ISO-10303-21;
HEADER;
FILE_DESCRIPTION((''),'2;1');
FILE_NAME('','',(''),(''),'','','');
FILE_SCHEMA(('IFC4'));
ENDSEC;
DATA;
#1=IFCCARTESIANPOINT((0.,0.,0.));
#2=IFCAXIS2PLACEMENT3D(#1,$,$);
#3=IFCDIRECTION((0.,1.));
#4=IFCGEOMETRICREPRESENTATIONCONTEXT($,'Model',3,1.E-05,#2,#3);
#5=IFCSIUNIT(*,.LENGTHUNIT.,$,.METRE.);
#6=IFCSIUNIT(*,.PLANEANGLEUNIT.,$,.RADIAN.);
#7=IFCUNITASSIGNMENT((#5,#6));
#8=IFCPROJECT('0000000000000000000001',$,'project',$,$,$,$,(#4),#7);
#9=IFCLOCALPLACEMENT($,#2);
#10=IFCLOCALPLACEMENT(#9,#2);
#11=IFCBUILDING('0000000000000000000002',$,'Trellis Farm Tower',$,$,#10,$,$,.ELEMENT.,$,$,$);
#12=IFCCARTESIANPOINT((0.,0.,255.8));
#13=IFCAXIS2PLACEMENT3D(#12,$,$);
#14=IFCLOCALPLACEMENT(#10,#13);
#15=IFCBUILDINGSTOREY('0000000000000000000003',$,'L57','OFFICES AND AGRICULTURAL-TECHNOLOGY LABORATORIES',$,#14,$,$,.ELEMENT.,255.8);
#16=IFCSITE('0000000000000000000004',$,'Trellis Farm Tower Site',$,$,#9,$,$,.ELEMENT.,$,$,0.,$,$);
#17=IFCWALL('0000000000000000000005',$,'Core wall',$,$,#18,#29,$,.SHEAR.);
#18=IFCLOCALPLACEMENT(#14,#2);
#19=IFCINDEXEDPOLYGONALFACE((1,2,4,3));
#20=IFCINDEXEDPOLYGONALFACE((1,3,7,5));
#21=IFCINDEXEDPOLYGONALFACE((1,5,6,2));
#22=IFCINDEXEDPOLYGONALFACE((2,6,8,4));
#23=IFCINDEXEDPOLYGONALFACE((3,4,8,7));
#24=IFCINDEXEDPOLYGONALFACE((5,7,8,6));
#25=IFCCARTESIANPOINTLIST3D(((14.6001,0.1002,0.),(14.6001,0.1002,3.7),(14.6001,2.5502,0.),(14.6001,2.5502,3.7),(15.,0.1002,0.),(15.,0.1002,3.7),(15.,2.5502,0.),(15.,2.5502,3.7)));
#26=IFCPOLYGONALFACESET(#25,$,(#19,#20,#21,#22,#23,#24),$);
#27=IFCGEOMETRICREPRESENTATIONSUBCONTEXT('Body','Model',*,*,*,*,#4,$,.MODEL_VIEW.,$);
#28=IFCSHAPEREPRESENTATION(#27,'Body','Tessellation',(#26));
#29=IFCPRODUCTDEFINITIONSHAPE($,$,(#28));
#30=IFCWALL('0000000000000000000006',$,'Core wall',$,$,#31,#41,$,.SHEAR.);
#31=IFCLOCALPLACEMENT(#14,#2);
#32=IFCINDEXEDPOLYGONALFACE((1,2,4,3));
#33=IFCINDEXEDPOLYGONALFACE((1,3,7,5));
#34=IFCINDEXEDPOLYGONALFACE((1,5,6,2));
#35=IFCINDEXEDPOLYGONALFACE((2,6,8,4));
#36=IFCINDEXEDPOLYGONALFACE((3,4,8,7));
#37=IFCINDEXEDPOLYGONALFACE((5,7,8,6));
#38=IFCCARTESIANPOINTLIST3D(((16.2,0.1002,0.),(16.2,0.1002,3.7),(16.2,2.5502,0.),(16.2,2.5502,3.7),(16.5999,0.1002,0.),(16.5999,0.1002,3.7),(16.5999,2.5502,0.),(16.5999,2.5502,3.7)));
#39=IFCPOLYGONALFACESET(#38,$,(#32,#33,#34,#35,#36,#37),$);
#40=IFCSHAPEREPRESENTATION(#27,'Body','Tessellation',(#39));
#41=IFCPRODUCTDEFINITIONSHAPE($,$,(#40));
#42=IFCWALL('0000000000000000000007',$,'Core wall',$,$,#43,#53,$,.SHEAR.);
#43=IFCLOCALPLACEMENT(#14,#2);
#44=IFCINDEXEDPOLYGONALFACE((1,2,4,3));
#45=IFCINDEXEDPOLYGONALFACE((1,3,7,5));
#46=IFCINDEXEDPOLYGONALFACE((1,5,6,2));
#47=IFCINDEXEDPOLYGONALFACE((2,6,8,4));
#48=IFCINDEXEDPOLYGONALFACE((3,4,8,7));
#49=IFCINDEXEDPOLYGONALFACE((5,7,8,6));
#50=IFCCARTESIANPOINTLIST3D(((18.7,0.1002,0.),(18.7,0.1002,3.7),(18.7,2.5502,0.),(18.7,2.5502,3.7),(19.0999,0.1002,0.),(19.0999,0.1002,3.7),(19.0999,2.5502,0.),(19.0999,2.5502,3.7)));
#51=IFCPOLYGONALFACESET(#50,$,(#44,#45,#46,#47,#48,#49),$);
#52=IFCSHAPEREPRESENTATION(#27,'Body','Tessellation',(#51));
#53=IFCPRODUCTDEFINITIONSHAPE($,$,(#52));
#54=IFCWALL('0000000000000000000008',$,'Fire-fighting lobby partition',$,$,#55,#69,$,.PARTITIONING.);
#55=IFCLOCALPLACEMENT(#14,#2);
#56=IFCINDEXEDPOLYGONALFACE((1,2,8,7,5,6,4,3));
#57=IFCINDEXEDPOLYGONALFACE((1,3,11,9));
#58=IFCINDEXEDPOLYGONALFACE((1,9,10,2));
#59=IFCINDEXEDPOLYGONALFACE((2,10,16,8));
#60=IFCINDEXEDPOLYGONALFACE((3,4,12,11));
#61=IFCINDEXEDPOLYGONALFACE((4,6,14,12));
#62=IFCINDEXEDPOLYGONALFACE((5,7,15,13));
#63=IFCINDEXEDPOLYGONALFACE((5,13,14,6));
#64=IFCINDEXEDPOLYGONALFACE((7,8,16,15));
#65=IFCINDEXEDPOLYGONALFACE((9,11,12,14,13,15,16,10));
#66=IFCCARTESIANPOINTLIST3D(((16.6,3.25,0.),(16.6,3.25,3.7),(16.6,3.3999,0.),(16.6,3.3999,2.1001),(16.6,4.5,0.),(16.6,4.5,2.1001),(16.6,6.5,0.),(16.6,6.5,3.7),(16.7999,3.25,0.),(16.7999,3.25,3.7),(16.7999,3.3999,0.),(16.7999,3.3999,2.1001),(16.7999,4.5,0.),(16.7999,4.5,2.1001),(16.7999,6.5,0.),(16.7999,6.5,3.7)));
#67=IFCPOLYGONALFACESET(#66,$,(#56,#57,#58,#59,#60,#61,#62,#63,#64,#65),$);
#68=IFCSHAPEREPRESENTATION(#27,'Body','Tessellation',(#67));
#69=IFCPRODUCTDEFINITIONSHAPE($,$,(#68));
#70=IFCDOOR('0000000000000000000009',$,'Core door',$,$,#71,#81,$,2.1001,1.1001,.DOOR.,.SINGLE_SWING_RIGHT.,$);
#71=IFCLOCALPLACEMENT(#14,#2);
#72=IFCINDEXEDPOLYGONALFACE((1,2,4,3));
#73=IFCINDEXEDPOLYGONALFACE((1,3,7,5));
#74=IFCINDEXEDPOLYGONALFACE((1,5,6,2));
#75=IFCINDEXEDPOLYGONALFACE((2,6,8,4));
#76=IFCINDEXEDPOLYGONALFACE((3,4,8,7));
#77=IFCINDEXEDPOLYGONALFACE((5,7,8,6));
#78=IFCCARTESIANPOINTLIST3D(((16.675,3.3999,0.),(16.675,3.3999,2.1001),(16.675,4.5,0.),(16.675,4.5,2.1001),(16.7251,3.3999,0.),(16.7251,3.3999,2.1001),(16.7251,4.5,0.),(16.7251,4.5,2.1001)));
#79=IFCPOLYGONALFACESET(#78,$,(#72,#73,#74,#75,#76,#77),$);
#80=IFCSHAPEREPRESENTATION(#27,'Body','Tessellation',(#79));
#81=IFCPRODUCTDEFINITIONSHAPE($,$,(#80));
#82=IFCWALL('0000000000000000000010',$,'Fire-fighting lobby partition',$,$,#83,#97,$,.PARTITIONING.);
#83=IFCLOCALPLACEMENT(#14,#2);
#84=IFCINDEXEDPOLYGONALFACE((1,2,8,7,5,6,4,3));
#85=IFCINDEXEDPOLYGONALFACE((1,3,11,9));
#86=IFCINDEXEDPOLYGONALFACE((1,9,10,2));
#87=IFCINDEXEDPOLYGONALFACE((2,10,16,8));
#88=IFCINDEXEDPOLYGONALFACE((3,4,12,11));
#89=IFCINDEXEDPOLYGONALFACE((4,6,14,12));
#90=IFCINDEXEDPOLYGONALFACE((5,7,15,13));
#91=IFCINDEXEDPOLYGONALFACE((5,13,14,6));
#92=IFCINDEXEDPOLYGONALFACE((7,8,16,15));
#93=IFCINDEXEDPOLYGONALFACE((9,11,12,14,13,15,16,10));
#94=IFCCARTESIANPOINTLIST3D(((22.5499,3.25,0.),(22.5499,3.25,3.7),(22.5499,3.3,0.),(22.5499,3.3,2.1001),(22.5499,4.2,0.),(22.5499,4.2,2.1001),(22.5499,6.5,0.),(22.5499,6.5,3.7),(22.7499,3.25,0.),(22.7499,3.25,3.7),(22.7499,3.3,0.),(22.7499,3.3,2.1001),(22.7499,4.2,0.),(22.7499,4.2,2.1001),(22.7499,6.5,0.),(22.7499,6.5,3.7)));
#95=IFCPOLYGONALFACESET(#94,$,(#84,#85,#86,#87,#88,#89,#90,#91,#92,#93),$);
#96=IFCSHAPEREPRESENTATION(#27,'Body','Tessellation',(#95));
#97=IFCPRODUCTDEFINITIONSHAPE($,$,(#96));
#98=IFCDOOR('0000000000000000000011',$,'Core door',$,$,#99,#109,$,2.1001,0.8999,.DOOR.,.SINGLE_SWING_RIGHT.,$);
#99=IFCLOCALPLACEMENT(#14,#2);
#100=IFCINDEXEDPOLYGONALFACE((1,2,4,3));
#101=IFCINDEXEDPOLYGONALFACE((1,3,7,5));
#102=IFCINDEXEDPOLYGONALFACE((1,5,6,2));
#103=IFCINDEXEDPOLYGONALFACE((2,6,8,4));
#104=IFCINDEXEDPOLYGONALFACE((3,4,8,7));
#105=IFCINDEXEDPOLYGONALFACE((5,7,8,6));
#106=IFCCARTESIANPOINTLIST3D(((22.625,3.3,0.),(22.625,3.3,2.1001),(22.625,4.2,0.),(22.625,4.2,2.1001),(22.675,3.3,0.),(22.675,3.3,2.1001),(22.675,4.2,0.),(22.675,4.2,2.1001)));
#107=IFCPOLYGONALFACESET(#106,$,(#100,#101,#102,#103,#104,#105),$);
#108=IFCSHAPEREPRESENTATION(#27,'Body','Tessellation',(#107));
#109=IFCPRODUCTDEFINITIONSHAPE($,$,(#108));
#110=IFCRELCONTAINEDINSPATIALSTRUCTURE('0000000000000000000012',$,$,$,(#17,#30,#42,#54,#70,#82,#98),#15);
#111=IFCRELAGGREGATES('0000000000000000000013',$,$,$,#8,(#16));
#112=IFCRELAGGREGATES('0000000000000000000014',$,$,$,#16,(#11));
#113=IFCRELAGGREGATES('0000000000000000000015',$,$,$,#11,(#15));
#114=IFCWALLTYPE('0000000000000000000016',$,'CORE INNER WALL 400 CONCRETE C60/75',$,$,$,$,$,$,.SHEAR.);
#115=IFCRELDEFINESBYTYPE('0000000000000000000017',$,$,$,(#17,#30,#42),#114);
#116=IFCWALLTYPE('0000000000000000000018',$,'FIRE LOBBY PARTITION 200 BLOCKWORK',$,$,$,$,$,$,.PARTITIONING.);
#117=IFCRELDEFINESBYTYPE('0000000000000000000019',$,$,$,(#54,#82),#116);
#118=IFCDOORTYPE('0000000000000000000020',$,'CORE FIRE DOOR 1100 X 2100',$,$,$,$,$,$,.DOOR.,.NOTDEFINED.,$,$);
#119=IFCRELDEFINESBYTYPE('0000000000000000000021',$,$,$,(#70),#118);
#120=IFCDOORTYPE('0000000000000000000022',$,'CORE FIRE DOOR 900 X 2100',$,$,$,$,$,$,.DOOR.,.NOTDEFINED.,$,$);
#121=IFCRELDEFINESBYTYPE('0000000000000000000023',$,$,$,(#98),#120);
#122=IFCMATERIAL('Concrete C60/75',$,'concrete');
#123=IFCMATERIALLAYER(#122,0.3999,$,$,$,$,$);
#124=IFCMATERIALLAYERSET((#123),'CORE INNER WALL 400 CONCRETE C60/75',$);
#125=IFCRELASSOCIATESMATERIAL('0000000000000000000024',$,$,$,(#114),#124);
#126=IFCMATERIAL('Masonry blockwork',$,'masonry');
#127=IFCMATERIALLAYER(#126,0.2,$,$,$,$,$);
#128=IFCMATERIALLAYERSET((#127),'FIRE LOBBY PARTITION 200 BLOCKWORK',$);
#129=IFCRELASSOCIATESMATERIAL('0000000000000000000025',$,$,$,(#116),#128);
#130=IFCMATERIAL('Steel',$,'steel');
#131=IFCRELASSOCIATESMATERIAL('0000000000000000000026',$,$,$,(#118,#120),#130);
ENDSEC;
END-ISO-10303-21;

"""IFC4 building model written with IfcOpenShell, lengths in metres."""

from ifc_helpers import new_model, si_unit, direction, frame, frame_2d, origin, place, context, subcontext, project, spatial, rectangle, extrude, source, transform, mapped, material, layer, layer_set, type_object, element, fill, save


model = new_model("IFC4")

# Units and contexts
model_context = context("Model", 3, precision=1e-05, world=origin(), true_north=direction((0.0, 1.0)))
body_context = subcontext(model_context, "Body", "Model", "MODEL_VIEW")
ifc_project = project(units=[si_unit("LENGTHUNIT", "METRE"), si_unit("PLANEANGLEUNIT", "RADIAN")], contexts=[model_context])

# Site, building, storey
site_placement = place(None, origin())
site = spatial("IfcSite", under=ifc_project, at=site_placement, Name="Trellis Farm Tower Site", CompositionType="ELEMENT", RefElevation=0.0)
building_placement = place(site_placement, origin())
building = spatial("IfcBuilding", under=site, at=building_placement, Name="Trellis Farm Tower", CompositionType="ELEMENT")
storey_placement = place(building_placement, frame((0.0, 0.0, 255.8)))
storey = spatial("IfcBuildingStorey", under=building, at=storey_placement, Name="L57", Description="OFFICES AND AGRICULTURAL-TECHNOLOGY LABORATORIES", CompositionType="ELEMENT", Elevation=255.8)

# Shared definitions
ifc_material_1 = material(Name="Concrete C60/75", Category="concrete")

# Walls
ifc_layer_1 = layer(ifc_material_1, 0.3999)
ifc_layer_set_1 = layer_set([ifc_layer_1], Name="CORE INNER WALL 400 CONCRETE C60/75")
wall_type_1 = type_object("IfcWallType", Name="CORE INNER WALL 400 CONCRETE C60/75", PredefinedType="SHEAR", material=ifc_layer_set_1)
shared_shape_1 = source(origin(), body_context, "Body", "SweptSolid", [
    extrude(rectangle(XDim=2.45, YDim=0.3999, at=frame_2d((1.2251, 0.0))), origin(), (0.0, 0.0, 1.0), 3.7),
])
for number, where, z_axis, x_axis, name in (
    (1, (14.8, 0.1001, 0.0), (0.0, 0.0, 1.0), (0.0, 1.0, 0.0), "Core wall"),
    (2, (16.3999, 0.1001, 0.0), (0.0, 0.0, 1.0), (0.0, 1.0, 0.0), "Core wall"),
    (3, (18.8999, 0.1001, 0.0), (0.0, 0.0, 1.0), (0.0, 1.0, 0.0), "Core wall"),
):
    element("IfcWall", number, at=place(storey_placement, frame(where, z_axis=z_axis, x_axis=x_axis)), inside=storey, type_object=wall_type_1, Name=name, PredefinedType="SHEAR", context=body_context, shape_type="MappedRepresentation", body=[
        mapped(shared_shape_1, transform((0.0, 0.0, 0.0))),
    ])

# Walls, openings, doors
ifc_material_2 = material(Name="Masonry blockwork", Category="masonry")
ifc_layer_2 = layer(ifc_material_2, 0.2)
ifc_layer_set_2 = layer_set([ifc_layer_2], Name="FIRE LOBBY PARTITION 200 BLOCKWORK")
wall_type_2 = type_object("IfcWallType", Name="FIRE LOBBY PARTITION 200 BLOCKWORK", PredefinedType="PARTITIONING", material=ifc_layer_set_2)
shared_shape_2 = source(origin(), body_context, "Body", "SweptSolid", [
    extrude(rectangle(XDim=3.25, YDim=0.2, at=frame_2d((1.625, 0.0))), origin(), (0.0, 0.0, 1.0), 3.7),
])
wall_1_placement = place(storey_placement, frame((16.7, 3.25, 0.0), z_axis=(0.0, 0.0, 1.0), x_axis=(0.0, 1.0, 0.0)))
wall_1 = element("IfcWall", 4, at=wall_1_placement, inside=storey, type_object=wall_type_2, Name="Fire-fighting lobby partition", PredefinedType="PARTITIONING", context=body_context, shape_type="MappedRepresentation", body=[
    mapped(shared_shape_2, transform((0.0, 0.0, 0.0))),
])
shared_shape_3 = source(origin(), body_context, "Body", "SweptSolid", [
    extrude(rectangle(XDim=1.1001, YDim=2.1001, at=frame_2d((0.55, 1.05))), frame((0.0, 0.1101, 0.0), z_axis=(0.0, -1.0, 0.0), x_axis=(1.0, 0.0, 0.0)), (0.0, 0.0, 1.0), 0.2202),
])
opening_1_placement = place(wall_1_placement, frame((0.1499, 0.0, 0.0)))
opening_1 = element("IfcOpeningElement", 5, at=opening_1_placement, cuts=wall_1, PredefinedType="OPENING", context=body_context, shape_type="MappedRepresentation", body=[
    mapped(shared_shape_3, transform((0.0, 0.0, 0.0))),
])
ifc_material_3 = material(Name="Steel", Category="steel")
door_type_1 = type_object("IfcDoorType", Name="CORE FIRE DOOR 1100 X 2100", OperationType="NOTDEFINED", PredefinedType="DOOR", material=ifc_material_3)
shared_shape_4 = source(origin(), body_context, "Body", "SweptSolid", [
    extrude(rectangle(XDim=1.1001, YDim=2.1001, at=frame_2d((0.55, 1.05))), frame((0.0, 0.0249, 0.0), z_axis=(0.0, -1.0, 0.0), x_axis=(1.0, 0.0, 0.0)), (0.0, 0.0, 1.0), 0.05),
])
door_1_placement = place(opening_1_placement, origin())
door_1 = element("IfcDoor", 6, at=door_1_placement, inside=storey, type_object=door_type_1, Name="Core door", OperationType="SINGLE_SWING_RIGHT", OverallHeight=2.1001, OverallWidth=1.1001, PredefinedType="DOOR", context=body_context, shape_type="MappedRepresentation", body=[
    mapped(shared_shape_4, transform((0.0, 0.0, 0.0))),
])
fill(opening_1, door_1)
wall_2_placement = place(storey_placement, frame((22.6499, 3.25, 0.0), z_axis=(0.0, 0.0, 1.0), x_axis=(0.0, 1.0, 0.0)))
wall_2 = element("IfcWall", 7, at=wall_2_placement, inside=storey, type_object=wall_type_2, Name="Fire-fighting lobby partition", PredefinedType="PARTITIONING", context=body_context, shape_type="MappedRepresentation", body=[
    mapped(shared_shape_2, transform((0.0, 0.0, 0.0))),
])
shared_shape_5 = source(origin(), body_context, "Body", "SweptSolid", [
    extrude(rectangle(XDim=0.8999, YDim=2.1001, at=frame_2d((0.45, 1.05))), frame((0.0, 0.1101, 0.0), z_axis=(0.0, -1.0, 0.0), x_axis=(1.0, 0.0, 0.0)), (0.0, 0.0, 1.0), 0.2202),
])
opening_2_placement = place(wall_2_placement, frame((0.05, 0.0, 0.0)))
opening_2 = element("IfcOpeningElement", 8, at=opening_2_placement, cuts=wall_2, PredefinedType="OPENING", context=body_context, shape_type="MappedRepresentation", body=[
    mapped(shared_shape_5, transform((0.0, 0.0, 0.0))),
])
door_type_2 = type_object("IfcDoorType", Name="CORE FIRE DOOR 900 X 2100", OperationType="NOTDEFINED", PredefinedType="DOOR", material=ifc_material_3)
shared_shape_6 = source(origin(), body_context, "Body", "SweptSolid", [
    extrude(rectangle(XDim=0.8999, YDim=2.1001, at=frame_2d((0.45, 1.05))), frame((0.0, 0.0249, 0.0), z_axis=(0.0, -1.0, 0.0), x_axis=(1.0, 0.0, 0.0)), (0.0, 0.0, 1.0), 0.05),
])
door_2_placement = place(opening_2_placement, origin())
door_2 = element("IfcDoor", 9, at=door_2_placement, inside=storey, type_object=door_type_2, Name="Core door", OperationType="SINGLE_SWING_RIGHT", OverallHeight=2.1001, OverallWidth=0.8999, PredefinedType="DOOR", context=body_context, shape_type="MappedRepresentation", body=[
    mapped(shared_shape_6, transform((0.0, 0.0, 0.0))),
])
fill(opening_2, door_2)

save(model, "model.ifc")
